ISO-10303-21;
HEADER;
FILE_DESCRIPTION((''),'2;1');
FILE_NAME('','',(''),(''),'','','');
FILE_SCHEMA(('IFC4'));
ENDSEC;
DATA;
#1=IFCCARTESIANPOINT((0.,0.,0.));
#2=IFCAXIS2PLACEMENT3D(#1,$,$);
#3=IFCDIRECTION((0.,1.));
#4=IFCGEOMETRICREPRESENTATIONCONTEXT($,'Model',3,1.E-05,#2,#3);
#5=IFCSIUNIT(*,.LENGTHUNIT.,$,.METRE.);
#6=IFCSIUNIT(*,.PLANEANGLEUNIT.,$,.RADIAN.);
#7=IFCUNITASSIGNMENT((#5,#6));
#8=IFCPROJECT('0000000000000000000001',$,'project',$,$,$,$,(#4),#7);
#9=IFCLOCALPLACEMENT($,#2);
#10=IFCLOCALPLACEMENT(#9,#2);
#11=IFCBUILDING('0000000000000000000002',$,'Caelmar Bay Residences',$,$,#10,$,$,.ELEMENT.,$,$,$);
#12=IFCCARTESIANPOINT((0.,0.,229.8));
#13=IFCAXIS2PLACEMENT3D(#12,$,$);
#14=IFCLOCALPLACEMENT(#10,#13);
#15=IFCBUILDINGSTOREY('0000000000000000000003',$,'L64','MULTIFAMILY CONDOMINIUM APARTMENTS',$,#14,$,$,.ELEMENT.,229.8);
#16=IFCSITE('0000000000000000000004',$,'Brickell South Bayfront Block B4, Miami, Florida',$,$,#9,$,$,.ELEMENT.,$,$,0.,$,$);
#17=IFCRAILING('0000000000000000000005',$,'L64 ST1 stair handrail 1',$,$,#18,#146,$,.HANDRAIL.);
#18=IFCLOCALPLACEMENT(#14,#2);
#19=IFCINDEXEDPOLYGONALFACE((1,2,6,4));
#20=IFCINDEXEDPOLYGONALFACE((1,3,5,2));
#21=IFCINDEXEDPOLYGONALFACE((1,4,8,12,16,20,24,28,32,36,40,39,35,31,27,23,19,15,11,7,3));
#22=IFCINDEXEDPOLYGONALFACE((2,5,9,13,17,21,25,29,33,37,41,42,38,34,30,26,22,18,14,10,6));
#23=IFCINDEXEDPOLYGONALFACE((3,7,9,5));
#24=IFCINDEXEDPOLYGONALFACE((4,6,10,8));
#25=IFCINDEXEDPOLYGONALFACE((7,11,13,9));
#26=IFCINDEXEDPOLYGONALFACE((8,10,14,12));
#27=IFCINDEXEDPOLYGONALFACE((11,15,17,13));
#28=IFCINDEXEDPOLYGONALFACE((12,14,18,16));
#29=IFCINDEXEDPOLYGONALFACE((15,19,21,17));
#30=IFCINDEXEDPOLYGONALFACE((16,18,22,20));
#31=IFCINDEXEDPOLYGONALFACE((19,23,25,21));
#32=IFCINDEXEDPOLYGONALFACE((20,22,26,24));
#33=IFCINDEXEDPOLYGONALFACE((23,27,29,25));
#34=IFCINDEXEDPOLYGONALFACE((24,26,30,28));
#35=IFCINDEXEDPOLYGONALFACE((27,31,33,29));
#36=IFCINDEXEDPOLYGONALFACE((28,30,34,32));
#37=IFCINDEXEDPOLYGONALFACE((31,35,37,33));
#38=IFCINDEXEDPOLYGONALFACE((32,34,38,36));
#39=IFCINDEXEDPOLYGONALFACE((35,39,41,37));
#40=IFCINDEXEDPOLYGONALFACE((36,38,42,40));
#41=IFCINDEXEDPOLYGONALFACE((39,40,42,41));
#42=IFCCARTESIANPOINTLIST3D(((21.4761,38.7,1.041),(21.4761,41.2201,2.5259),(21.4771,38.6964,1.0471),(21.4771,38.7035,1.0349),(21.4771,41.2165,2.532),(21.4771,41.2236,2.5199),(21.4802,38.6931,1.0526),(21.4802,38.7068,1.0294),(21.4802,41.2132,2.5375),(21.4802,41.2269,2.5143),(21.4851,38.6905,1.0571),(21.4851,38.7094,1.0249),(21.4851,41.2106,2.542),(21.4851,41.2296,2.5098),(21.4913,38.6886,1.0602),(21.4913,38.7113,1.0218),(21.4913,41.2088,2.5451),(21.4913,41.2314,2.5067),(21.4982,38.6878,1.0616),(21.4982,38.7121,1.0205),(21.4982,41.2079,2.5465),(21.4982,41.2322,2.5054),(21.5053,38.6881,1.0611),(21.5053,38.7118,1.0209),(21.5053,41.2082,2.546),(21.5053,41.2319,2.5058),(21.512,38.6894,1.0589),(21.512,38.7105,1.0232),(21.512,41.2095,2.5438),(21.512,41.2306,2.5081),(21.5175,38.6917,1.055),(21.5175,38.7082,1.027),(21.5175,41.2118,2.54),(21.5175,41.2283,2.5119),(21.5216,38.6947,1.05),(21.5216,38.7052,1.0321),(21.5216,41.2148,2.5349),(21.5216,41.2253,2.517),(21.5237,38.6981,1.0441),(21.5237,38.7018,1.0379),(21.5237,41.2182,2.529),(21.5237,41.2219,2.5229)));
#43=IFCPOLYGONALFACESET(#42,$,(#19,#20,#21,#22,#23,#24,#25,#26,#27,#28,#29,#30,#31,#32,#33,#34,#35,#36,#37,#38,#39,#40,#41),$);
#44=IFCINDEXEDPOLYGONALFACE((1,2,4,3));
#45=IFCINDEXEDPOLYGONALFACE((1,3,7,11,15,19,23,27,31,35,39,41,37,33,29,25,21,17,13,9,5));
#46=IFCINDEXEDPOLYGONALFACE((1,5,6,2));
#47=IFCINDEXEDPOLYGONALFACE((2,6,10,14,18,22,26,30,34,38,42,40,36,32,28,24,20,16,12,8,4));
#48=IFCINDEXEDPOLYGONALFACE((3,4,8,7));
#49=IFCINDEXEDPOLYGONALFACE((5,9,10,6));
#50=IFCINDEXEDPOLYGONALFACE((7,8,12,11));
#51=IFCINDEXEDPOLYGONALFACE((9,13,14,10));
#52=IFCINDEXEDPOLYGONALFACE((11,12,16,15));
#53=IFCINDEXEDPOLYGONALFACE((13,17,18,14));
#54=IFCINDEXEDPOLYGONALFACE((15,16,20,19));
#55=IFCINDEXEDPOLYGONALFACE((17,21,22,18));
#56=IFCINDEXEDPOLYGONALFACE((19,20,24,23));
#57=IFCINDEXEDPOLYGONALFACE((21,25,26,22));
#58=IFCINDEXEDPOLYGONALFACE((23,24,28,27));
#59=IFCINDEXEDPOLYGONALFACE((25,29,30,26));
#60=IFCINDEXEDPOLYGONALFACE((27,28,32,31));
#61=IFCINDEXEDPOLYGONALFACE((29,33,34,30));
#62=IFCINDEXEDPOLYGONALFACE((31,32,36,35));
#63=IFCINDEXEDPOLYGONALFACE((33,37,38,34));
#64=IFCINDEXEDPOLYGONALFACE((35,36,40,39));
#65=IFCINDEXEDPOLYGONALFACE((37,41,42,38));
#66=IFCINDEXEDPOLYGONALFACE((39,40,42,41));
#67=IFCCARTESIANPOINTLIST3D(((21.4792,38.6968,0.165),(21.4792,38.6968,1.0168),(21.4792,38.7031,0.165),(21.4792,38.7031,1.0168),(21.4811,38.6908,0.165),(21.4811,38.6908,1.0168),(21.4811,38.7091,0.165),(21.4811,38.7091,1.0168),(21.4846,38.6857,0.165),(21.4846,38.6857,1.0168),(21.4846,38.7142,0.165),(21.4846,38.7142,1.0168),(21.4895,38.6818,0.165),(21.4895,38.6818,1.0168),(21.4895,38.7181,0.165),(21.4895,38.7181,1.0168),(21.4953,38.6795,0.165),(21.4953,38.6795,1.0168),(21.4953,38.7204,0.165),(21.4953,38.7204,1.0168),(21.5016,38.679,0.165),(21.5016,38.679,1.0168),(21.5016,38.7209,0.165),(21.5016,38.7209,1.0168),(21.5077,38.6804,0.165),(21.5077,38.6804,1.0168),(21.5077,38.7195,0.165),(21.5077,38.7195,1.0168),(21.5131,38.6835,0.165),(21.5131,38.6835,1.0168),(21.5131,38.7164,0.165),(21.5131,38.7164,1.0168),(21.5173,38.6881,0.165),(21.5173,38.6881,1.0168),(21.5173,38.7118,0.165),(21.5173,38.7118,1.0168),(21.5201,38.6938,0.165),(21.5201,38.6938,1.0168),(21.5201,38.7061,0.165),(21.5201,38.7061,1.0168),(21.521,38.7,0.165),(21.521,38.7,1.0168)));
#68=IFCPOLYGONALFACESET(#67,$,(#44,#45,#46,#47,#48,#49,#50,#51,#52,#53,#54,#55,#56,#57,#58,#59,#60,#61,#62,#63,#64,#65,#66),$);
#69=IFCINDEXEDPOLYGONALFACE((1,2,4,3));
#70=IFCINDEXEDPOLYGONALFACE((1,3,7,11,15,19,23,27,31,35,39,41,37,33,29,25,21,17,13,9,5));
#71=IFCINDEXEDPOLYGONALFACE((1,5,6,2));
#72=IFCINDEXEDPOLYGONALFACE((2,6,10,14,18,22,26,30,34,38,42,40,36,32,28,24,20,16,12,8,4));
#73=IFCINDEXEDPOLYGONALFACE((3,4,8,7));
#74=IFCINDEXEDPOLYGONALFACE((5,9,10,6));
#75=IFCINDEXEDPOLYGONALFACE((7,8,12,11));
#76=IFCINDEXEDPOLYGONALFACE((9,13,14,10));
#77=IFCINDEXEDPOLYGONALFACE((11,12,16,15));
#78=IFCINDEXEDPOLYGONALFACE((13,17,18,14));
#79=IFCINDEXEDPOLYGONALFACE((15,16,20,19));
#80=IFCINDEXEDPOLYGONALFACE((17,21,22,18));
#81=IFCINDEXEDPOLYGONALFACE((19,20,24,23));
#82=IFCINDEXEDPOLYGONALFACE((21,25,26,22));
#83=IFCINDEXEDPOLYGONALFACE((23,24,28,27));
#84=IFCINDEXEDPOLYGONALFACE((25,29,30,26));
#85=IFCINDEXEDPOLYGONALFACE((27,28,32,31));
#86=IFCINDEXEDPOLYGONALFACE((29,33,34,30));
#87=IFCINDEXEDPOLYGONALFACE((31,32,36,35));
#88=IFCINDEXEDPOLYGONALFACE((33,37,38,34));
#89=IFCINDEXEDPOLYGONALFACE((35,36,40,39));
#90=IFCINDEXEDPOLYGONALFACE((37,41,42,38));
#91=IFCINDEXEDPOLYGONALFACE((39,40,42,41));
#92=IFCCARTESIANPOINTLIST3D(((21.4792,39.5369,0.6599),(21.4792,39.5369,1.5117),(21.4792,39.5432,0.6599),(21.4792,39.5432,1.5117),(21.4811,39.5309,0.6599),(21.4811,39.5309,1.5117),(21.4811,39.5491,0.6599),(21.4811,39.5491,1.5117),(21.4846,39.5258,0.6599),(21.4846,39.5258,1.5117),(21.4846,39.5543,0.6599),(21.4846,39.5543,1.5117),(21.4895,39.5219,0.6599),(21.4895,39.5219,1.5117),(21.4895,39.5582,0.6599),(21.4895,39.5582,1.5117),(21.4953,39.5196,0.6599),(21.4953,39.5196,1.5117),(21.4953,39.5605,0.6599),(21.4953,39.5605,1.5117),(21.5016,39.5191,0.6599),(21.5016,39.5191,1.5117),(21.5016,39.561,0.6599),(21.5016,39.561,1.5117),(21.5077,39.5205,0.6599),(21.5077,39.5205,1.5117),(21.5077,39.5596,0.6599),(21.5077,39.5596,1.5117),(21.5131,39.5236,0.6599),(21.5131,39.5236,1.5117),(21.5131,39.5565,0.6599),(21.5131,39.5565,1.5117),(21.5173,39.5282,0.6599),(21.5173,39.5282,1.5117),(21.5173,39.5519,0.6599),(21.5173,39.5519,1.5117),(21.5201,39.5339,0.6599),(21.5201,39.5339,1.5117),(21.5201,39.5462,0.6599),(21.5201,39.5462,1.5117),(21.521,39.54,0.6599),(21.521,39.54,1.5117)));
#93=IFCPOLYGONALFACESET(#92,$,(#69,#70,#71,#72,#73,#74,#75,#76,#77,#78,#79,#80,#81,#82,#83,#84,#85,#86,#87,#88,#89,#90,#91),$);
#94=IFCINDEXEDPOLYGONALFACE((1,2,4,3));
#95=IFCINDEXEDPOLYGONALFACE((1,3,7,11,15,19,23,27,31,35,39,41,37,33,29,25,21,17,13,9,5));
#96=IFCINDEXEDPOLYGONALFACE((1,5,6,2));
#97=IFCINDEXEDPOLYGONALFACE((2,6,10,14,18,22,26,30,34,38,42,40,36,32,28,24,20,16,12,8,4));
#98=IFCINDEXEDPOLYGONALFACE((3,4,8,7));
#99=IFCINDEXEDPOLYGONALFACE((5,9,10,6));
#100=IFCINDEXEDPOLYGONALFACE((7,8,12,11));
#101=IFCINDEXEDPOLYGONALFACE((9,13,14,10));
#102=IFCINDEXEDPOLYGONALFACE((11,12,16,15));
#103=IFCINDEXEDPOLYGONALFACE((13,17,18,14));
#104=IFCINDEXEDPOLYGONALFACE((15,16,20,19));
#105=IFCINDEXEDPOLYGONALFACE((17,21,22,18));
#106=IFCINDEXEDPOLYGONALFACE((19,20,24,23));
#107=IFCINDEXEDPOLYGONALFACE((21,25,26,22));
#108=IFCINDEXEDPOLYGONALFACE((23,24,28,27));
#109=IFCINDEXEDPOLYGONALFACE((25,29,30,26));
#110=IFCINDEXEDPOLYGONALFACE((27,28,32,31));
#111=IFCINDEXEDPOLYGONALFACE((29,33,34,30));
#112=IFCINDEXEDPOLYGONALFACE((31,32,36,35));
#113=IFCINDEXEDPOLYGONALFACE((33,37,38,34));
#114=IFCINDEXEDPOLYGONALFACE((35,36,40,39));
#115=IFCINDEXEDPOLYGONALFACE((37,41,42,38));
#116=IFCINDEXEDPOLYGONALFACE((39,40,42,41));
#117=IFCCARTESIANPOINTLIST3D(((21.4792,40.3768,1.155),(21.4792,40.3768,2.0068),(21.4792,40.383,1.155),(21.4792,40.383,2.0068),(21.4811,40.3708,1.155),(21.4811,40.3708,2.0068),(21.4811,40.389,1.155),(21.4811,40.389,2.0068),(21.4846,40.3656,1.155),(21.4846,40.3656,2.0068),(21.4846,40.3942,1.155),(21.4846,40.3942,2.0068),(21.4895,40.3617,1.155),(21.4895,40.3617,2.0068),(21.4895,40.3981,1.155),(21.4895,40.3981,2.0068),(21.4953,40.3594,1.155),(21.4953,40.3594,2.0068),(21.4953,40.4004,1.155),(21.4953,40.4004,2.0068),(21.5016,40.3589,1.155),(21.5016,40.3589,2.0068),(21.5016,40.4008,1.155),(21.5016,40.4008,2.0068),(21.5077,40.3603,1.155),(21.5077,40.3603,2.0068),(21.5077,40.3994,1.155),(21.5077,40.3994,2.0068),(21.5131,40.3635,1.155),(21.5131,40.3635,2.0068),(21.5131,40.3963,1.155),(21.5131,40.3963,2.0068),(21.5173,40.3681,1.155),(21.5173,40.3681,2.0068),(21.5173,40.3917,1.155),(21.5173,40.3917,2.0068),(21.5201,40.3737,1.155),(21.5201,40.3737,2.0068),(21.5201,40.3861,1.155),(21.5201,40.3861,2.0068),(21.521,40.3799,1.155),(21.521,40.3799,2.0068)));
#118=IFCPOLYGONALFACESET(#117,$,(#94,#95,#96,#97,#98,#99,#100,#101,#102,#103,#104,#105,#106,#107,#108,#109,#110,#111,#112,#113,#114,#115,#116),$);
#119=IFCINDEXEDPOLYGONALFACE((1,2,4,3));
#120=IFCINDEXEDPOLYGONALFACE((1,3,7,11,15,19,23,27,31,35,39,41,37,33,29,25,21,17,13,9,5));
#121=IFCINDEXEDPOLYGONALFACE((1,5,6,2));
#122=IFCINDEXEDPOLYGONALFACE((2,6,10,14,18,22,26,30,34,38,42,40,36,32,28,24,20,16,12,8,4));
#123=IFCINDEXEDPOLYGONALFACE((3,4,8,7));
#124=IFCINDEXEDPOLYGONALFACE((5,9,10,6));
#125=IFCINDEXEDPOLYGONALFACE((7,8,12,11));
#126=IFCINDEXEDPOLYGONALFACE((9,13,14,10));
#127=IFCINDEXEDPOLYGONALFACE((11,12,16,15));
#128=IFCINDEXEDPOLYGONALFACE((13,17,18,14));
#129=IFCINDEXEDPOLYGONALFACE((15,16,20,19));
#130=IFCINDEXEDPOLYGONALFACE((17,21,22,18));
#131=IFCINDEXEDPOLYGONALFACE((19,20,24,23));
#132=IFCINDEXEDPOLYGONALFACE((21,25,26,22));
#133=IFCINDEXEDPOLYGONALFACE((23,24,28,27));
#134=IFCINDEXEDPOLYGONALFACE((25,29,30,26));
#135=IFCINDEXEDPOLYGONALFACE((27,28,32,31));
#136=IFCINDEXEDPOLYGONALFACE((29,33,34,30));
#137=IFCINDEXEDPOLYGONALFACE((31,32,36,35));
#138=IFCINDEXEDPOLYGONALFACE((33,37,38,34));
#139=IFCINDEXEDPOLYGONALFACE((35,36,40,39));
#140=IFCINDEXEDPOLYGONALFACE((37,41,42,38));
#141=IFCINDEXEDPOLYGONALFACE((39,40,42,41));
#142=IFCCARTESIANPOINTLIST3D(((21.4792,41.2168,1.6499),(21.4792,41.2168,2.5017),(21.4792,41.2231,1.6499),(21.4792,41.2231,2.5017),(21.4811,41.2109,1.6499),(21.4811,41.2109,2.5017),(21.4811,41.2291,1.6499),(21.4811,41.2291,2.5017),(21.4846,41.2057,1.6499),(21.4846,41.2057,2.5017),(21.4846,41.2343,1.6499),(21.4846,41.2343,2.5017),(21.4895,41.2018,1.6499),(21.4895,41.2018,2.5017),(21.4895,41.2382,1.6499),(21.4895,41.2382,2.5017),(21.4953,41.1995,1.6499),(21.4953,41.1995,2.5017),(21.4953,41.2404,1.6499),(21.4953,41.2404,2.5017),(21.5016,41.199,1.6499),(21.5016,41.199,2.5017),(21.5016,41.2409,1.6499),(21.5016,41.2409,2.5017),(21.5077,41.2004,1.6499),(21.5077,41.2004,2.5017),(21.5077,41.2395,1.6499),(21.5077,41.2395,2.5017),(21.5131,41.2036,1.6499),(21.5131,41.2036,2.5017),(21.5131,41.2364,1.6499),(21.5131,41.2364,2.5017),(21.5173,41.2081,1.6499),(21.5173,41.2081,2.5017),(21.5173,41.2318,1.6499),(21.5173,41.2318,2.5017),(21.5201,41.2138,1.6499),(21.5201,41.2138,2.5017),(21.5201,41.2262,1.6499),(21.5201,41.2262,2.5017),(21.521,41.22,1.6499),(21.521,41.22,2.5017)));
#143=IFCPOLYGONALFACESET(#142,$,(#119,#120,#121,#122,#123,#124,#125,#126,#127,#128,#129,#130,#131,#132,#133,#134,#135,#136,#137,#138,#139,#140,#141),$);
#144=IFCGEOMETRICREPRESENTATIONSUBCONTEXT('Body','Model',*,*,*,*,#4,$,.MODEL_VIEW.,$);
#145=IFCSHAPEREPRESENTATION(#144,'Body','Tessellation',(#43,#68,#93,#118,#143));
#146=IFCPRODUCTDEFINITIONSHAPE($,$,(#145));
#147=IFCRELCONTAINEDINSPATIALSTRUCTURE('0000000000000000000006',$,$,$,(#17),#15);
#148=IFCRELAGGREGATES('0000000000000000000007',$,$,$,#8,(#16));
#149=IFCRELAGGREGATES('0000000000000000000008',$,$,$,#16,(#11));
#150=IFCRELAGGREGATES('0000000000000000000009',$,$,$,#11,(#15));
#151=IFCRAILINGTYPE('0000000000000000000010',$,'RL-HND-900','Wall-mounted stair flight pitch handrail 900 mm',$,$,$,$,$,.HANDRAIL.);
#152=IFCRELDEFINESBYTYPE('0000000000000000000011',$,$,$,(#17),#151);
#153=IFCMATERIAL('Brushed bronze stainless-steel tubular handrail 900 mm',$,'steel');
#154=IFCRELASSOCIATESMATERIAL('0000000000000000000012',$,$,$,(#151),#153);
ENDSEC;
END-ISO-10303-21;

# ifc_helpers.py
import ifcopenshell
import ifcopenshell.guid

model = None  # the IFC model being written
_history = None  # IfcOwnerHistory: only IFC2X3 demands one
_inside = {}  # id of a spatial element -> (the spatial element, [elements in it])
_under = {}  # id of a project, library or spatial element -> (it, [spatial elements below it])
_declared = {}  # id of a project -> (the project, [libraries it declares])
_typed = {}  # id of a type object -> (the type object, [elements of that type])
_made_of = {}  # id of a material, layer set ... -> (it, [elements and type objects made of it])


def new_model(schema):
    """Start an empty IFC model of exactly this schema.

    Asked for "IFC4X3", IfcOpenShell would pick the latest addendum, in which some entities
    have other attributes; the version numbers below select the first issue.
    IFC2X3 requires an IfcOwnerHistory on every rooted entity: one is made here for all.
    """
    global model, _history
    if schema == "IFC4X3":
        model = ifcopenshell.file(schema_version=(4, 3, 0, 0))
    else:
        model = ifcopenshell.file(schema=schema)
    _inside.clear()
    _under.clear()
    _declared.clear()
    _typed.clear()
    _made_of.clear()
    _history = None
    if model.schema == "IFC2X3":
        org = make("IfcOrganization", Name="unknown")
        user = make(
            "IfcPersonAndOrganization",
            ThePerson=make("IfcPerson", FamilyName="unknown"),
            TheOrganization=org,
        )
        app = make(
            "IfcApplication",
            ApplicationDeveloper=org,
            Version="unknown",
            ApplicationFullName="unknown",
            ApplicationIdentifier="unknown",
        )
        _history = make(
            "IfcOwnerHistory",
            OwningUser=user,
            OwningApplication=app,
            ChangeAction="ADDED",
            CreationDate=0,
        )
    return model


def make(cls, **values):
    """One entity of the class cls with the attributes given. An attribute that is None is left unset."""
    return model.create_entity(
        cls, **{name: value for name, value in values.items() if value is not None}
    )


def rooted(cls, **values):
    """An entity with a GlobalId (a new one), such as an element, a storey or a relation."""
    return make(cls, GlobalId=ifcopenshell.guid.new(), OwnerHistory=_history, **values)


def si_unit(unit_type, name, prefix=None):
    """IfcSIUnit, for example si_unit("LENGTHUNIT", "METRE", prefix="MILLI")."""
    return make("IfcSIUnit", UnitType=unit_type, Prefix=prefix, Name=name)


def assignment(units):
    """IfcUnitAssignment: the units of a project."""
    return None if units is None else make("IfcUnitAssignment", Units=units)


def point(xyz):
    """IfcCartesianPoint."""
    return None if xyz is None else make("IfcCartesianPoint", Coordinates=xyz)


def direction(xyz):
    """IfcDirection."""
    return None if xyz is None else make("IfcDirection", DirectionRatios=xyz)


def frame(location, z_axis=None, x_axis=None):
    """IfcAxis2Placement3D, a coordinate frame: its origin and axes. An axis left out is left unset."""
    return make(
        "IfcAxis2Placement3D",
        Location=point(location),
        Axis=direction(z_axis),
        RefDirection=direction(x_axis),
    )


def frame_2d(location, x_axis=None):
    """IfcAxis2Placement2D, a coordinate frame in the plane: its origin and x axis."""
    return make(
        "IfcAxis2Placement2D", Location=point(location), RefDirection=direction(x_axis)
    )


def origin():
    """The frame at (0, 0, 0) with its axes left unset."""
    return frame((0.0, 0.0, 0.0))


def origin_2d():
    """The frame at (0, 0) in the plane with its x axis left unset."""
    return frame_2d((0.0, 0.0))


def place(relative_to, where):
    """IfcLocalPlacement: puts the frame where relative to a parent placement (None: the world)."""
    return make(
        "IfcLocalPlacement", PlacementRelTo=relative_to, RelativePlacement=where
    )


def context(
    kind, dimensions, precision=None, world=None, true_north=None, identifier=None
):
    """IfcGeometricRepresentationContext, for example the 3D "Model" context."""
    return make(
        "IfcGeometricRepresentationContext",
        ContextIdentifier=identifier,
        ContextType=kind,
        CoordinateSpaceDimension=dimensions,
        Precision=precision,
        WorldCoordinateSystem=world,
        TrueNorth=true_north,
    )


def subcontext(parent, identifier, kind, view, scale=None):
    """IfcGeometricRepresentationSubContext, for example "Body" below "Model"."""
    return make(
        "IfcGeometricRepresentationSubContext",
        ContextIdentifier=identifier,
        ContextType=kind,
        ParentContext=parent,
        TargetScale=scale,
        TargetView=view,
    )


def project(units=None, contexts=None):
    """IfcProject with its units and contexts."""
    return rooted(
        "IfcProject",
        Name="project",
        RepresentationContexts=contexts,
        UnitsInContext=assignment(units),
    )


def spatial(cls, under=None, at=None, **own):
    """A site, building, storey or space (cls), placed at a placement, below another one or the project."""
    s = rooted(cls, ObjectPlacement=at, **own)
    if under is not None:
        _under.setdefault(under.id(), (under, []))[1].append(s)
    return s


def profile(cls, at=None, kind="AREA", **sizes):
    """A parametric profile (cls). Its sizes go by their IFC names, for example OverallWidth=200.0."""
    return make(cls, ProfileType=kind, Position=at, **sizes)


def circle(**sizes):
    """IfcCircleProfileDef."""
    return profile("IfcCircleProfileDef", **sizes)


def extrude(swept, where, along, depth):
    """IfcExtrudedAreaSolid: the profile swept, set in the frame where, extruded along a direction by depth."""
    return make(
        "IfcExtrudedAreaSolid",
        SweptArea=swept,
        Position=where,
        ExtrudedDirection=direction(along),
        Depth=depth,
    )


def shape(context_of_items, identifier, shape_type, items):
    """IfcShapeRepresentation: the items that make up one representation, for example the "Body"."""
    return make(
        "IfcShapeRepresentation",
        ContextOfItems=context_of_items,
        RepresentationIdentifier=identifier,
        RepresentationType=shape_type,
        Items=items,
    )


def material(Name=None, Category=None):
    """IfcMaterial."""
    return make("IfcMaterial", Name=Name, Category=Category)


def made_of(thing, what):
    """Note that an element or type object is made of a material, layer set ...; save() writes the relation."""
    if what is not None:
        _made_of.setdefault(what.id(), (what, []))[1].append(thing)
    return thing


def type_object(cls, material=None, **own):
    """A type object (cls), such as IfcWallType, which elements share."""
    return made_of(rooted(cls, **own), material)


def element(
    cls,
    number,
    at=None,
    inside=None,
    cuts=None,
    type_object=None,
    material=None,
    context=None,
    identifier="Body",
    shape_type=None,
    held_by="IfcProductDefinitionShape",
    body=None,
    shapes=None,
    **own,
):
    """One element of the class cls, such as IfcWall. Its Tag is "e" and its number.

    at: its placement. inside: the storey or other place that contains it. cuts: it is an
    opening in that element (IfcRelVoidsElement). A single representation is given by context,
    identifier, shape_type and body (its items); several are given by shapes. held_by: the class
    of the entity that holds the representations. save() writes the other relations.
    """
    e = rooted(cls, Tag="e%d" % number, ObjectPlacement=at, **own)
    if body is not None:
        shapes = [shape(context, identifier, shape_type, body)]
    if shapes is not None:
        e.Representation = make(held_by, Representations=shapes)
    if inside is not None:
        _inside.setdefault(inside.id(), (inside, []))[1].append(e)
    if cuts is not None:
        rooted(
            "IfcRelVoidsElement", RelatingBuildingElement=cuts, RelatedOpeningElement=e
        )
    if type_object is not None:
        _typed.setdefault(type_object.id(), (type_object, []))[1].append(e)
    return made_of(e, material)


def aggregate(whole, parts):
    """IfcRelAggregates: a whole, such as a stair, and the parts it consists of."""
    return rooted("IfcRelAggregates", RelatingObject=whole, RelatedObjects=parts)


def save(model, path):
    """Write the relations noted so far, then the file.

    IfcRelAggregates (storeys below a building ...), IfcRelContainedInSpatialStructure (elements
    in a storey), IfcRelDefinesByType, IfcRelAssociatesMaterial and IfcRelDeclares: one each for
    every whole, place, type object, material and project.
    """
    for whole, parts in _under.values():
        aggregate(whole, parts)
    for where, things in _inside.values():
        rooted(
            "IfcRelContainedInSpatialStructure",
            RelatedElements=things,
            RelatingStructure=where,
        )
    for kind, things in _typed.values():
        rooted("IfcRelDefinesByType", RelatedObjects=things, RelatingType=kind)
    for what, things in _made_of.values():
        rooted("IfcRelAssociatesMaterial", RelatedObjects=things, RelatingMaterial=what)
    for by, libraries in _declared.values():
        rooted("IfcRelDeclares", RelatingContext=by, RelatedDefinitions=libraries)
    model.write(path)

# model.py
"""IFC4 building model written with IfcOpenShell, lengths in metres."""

from ifc_helpers import new_model, si_unit, direction, frame, origin, origin_2d, place, context, subcontext, project, spatial, circle, extrude, material, type_object, element, save


model = new_model("IFC4")

# Units and contexts
model_context = context("Model", 3, precision=1e-05, world=origin(), true_north=direction((0.0, 1.0)))
body_context = subcontext(model_context, "Body", "Model", "MODEL_VIEW")
ifc_project = project(units=[si_unit("LENGTHUNIT", "METRE"), si_unit("PLANEANGLEUNIT", "RADIAN")], contexts=[model_context])

# Site, building, storey
site_placement = place(None, origin())
site = spatial("IfcSite", under=ifc_project, at=site_placement, Name="Brickell South Bayfront Block B4, Miami, Florida", CompositionType="ELEMENT", RefElevation=0.0)
building_placement = place(site_placement, origin())
building = spatial("IfcBuilding", under=site, at=building_placement, Name="Caelmar Bay Residences", CompositionType="ELEMENT")
storey_placement = place(building_placement, frame((0.0, 0.0, 229.8)))
storey = spatial("IfcBuildingStorey", under=building, at=storey_placement, Name="L64", Description="MULTIFAMILY CONDOMINIUM APARTMENTS", CompositionType="ELEMENT", Elevation=229.8)

# Railing
ifc_material_1 = material(Name="Brushed bronze stainless-steel tubular handrail 900 mm", Category="steel")
railing_type_1 = type_object("IfcRailingType", Name="RL-HND-900", Description="Wall-mounted stair flight pitch handrail 900 mm", PredefinedType="HANDRAIL", material=ifc_material_1)
railing_1_placement = place(storey_placement, frame((21.5, 38.7, 0.165)))
element("IfcRailing", 1, at=railing_1_placement, inside=storey, type_object=railing_type_1, Name="L64 ST1 stair handrail 1", PredefinedType="HANDRAIL", context=body_context, shape_type="SweptSolid", body=[
    extrude(circle(Radius=0.0239, at=origin_2d()), frame((0.0, 0.0, 0.876), z_axis=(0.0, 0.861561, 0.507655), x_axis=(-1.0, 0.0, 0.0)), (0.0, 0.0, 1.0), 2.925),
    extrude(circle(Radius=0.021, at=origin_2d()), origin(), (0.0, 0.0, 1.0), 0.8518),
    extrude(circle(Radius=0.021, at=origin_2d()), frame((0.0, 0.8401, 0.4949)), (0.0, 0.0, 1.0), 0.8518),
    extrude(circle(Radius=0.021, at=origin_2d()), frame((0.0, 1.6799, 0.99)), (0.0, 0.0, 1.0), 0.8518),
    extrude(circle(Radius=0.021, at=origin_2d()), frame((0.0, 2.52, 1.4849)), (0.0, 0.0, 1.0), 0.8518),
])

save(model, "model.ifc")
